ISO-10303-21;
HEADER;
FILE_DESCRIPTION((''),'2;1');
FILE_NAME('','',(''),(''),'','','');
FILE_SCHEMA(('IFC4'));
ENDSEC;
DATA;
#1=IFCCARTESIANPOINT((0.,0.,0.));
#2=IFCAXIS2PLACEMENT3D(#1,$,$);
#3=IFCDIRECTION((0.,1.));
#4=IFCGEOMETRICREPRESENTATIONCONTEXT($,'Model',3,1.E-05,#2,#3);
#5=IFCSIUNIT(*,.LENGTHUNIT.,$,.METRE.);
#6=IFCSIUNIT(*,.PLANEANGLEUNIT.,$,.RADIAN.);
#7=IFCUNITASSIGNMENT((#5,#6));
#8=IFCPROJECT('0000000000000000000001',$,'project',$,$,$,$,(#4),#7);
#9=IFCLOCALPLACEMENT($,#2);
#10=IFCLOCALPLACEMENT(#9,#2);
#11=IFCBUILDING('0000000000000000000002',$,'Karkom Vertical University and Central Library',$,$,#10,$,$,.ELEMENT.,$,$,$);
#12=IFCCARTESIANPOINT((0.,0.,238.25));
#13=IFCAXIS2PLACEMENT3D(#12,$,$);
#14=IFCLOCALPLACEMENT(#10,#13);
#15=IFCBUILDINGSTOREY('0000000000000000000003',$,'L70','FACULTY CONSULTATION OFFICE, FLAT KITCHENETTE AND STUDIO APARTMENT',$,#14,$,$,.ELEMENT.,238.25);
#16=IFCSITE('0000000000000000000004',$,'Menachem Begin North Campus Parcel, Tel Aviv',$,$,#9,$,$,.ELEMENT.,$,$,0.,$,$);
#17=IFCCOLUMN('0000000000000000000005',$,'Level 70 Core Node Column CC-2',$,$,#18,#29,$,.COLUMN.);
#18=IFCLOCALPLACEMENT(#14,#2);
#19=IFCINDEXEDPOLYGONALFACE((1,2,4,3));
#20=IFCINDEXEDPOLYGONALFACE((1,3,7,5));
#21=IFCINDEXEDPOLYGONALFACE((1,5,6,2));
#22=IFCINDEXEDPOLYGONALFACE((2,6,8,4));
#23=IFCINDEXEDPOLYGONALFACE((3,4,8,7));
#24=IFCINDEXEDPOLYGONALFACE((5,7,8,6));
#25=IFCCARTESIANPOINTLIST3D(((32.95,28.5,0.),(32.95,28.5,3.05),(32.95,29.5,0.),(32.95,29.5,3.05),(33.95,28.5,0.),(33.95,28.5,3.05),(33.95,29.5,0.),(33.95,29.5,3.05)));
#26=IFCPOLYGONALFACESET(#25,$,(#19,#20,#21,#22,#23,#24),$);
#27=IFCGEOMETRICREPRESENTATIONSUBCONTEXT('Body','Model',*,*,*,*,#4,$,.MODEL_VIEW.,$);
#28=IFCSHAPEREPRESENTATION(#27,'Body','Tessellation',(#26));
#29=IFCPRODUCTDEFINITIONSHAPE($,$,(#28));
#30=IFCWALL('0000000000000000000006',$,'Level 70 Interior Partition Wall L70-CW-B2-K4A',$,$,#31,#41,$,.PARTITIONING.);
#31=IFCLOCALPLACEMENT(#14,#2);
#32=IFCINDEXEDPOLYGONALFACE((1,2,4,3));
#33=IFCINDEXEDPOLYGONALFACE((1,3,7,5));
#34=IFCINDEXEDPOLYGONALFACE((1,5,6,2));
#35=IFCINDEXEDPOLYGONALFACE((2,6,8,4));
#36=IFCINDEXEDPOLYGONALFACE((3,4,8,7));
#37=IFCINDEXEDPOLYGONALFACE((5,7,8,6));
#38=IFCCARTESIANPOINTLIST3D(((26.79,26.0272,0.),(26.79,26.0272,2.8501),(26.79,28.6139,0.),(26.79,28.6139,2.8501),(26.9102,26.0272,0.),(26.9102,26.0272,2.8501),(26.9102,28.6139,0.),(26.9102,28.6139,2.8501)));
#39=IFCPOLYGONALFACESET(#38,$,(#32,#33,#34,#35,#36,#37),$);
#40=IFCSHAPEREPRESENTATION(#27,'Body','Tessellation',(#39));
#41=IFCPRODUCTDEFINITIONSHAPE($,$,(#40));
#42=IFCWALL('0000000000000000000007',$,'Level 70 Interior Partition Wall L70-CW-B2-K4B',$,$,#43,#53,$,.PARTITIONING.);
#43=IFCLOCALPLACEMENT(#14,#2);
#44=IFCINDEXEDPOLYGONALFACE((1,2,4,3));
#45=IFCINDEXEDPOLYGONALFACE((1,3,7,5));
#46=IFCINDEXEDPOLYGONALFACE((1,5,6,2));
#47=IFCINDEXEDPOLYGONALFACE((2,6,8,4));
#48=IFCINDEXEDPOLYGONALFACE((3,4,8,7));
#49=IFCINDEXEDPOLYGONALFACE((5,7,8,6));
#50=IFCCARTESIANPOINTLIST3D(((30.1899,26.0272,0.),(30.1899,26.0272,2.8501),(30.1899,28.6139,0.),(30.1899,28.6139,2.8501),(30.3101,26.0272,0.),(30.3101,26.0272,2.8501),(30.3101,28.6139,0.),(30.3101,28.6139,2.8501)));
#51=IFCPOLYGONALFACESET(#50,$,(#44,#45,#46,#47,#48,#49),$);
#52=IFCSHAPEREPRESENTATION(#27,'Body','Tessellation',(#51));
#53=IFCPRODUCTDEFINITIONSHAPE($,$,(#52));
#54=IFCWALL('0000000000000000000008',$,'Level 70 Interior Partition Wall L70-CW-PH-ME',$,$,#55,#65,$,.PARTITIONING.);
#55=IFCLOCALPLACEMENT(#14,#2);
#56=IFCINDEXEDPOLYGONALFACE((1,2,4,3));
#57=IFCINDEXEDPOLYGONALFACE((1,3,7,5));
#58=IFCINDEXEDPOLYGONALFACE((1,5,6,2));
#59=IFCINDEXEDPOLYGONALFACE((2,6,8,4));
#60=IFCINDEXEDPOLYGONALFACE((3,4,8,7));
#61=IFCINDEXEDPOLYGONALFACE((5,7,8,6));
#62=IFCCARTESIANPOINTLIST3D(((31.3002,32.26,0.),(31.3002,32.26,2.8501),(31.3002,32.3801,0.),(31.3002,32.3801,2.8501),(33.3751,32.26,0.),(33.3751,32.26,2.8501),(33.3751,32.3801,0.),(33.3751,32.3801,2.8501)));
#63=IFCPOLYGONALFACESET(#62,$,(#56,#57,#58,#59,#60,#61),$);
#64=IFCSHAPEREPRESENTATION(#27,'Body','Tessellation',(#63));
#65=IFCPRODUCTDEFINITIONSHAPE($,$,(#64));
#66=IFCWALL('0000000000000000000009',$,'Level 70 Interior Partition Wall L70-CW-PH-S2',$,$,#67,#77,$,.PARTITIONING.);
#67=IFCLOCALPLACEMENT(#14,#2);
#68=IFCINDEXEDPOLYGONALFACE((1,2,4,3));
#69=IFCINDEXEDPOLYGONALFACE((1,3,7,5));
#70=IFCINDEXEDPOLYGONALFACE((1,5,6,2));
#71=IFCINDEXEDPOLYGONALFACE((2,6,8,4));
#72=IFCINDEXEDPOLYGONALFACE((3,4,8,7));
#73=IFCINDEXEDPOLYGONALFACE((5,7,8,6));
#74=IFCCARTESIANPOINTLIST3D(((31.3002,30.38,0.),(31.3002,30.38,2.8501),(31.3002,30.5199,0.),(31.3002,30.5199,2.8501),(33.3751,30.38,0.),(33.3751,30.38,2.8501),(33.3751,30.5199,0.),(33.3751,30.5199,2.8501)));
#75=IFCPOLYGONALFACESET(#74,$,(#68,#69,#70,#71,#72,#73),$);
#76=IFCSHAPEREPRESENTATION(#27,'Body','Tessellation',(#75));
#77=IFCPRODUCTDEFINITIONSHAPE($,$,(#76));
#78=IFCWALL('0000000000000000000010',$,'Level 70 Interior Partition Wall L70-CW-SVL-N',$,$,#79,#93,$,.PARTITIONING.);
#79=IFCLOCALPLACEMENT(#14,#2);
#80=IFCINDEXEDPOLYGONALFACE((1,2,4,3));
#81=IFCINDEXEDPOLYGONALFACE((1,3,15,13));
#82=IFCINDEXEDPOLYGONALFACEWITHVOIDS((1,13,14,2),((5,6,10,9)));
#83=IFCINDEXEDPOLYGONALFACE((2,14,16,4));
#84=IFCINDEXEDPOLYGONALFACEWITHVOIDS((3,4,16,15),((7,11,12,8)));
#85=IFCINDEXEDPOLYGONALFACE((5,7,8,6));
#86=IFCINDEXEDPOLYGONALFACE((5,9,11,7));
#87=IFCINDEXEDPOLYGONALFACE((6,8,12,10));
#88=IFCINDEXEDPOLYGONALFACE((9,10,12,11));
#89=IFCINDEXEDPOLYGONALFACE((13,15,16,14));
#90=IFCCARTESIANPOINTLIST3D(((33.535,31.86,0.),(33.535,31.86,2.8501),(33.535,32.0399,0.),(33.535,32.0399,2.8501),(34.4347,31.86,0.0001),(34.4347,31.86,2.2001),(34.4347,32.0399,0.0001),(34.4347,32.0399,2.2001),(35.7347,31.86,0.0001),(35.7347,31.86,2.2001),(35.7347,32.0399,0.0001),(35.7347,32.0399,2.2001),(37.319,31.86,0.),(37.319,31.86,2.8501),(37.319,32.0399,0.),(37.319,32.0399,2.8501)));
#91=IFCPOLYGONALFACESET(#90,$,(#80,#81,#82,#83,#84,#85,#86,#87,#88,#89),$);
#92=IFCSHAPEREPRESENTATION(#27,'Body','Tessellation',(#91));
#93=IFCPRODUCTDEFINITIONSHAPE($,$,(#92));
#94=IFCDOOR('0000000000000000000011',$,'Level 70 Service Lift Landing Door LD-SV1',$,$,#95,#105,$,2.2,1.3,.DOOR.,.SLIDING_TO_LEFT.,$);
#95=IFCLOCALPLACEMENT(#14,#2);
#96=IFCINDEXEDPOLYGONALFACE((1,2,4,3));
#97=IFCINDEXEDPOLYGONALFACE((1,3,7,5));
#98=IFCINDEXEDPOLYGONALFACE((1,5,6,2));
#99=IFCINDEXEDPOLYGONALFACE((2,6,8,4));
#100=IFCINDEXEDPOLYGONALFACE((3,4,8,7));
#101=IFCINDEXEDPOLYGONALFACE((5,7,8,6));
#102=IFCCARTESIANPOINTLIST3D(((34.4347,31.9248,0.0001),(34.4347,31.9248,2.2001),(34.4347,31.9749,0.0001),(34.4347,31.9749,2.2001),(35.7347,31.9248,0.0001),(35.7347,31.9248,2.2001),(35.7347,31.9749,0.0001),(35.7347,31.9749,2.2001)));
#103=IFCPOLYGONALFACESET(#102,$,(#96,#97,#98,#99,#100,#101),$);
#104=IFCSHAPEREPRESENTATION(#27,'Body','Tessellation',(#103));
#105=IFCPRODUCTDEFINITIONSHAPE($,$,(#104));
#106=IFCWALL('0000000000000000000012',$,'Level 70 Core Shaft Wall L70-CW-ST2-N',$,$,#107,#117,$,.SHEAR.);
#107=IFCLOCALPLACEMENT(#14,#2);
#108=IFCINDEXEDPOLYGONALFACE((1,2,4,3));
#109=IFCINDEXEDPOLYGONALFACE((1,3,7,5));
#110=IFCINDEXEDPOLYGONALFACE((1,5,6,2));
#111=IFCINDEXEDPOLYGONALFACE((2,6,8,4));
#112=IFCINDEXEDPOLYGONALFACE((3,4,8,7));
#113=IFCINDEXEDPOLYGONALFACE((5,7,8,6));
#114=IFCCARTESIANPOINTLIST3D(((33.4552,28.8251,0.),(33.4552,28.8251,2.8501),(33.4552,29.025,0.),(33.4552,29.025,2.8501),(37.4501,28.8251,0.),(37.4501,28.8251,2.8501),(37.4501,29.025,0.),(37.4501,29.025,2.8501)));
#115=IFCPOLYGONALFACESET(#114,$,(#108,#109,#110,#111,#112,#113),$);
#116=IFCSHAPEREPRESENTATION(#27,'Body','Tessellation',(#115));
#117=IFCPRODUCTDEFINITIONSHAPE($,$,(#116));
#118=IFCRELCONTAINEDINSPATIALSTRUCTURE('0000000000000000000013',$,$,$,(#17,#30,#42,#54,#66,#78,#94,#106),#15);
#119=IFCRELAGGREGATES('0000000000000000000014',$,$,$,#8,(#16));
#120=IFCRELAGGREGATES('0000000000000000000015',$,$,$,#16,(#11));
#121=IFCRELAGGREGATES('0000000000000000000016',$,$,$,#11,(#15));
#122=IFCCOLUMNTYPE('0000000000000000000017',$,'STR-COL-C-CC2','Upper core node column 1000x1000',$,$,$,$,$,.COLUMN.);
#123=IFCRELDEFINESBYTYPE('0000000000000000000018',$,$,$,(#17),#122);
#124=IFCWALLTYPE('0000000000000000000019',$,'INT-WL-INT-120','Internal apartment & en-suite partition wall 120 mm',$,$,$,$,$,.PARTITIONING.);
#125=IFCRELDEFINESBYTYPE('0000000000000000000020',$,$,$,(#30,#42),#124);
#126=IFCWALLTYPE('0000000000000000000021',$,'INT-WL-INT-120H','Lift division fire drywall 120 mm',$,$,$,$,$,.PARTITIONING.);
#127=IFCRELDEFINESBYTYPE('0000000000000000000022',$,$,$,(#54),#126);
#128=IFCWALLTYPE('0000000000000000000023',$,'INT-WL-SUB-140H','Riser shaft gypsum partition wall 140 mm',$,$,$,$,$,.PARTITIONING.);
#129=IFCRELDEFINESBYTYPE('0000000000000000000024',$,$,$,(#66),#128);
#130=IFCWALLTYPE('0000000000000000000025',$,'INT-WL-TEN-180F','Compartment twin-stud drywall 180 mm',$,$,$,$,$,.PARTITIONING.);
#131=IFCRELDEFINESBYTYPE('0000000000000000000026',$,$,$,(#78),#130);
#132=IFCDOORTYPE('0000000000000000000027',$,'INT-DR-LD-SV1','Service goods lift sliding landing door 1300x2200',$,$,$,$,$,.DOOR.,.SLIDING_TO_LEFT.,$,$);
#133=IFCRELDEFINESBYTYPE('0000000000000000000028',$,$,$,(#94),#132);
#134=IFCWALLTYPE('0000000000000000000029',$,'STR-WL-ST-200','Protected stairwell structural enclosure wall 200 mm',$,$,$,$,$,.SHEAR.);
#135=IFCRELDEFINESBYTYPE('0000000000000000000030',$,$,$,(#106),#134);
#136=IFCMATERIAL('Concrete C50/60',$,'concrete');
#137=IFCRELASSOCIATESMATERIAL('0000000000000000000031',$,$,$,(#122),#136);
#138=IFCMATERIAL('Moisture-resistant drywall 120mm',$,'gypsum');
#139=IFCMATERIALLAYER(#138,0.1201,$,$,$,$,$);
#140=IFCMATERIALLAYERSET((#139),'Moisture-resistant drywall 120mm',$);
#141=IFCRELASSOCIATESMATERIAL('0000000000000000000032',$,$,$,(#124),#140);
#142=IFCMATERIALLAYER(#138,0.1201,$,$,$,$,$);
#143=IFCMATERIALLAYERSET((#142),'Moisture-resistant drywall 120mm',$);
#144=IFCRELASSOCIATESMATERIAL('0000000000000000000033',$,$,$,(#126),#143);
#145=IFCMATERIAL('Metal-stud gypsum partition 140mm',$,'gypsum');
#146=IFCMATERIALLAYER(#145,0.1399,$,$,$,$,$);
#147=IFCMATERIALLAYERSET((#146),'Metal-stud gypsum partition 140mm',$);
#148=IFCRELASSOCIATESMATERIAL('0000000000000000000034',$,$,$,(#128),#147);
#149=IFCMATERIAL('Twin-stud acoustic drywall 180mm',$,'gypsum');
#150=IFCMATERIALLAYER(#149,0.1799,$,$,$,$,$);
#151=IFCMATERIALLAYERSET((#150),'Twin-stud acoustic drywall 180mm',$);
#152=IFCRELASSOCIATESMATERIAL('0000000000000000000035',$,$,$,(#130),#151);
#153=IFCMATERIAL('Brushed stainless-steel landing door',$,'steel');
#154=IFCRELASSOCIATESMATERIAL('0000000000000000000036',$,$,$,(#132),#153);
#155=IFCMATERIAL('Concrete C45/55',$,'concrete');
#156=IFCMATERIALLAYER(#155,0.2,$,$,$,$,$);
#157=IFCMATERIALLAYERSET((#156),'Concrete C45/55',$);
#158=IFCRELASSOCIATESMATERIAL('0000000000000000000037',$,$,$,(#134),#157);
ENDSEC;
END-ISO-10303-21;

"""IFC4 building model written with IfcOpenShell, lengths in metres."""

from ifc_helpers import new_model, si_unit, direction, frame, frame_2d, origin, origin_with_axes, origin_2d, place, context, subcontext, project, spatial, rectangle, extrude, source, transform, mapped, material, layer, layer_set, material_profile, profile_set, type_object, element, fill, save


model = new_model("IFC4")

# Units and contexts
model_context = context("Model", 3, precision=1e-05, world=origin(), true_north=direction((0.0, 1.0)))
body_context = subcontext(model_context, "Body", "Model", "MODEL_VIEW")
ifc_project = project(units=[si_unit("LENGTHUNIT", "METRE"), si_unit("PLANEANGLEUNIT", "RADIAN")], contexts=[model_context])

# Site, building, storey
site_placement = place(None, origin())
site = spatial("IfcSite", under=ifc_project, at=site_placement, Name="Menachem Begin North Campus Parcel, Tel Aviv", CompositionType="ELEMENT", RefElevation=0.0)
building_placement = place(site_placement, origin())
building = spatial("IfcBuilding", under=site, at=building_placement, Name="Karkom Vertical University and Central Library", CompositionType="ELEMENT")
storey_placement = place(building_placement, frame((0.0, 0.0, 238.25)))
storey = spatial("IfcBuildingStorey", under=building, at=storey_placement, Name="L70", Description="FACULTY CONSULTATION OFFICE, FLAT KITCHENETTE AND STUDIO APARTMENT", CompositionType="ELEMENT", Elevation=238.25)

# Column
ifc_material_1 = material(Name="Concrete C50/60", Category="concrete")
ifc_material_profile = material_profile(ifc_material_1, rectangle(XDim=1.0, YDim=1.0, at=origin_2d()), Name="RC-1000x1000")
ifc_profile_set = profile_set([ifc_material_profile], Name="Concrete C50/60")
column_type = type_object("IfcColumnType", Name="STR-COL-C-CC2", Description="Upper core node column 1000x1000", PredefinedType="COLUMN", material=ifc_profile_set)
shared_shape_1 = source(origin_with_axes(), body_context, "Body", "SweptSolid", [
    extrude(rectangle(XDim=1.0, YDim=1.0, at=origin_2d()), origin(), (0.0, 0.0, 1.0), 3.05),
])
column_placement = place(storey_placement, frame((33.45, 29.0, 0.0), z_axis=(0.0, 0.0, 1.0), x_axis=(1.0, 0.0, 0.0)))
element("IfcColumn", 1, at=column_placement, inside=storey, type_object=column_type, Name="Level 70 Core Node Column CC-2", PredefinedType="COLUMN", context=body_context, shape_type="MappedRepresentation", body=[
    mapped(shared_shape_1, transform((0.0, 0.0, 0.0), scale=1.0)),
])

# Walls
ifc_material_2 = material(Name="Moisture-resistant drywall 120mm", Category="gypsum")
ifc_layer_1 = layer(ifc_material_2, 0.1201)
ifc_layer_set_1 = layer_set([ifc_layer_1], Name="Moisture-resistant drywall 120mm")
wall_type_1 = type_object("IfcWallType", Name="INT-WL-INT-120", Description="Internal apartment & en-suite partition wall 120 mm", PredefinedType="PARTITIONING", material=ifc_layer_set_1)
for number, where, z_axis, x_axis, name in (
    (2, (26.8501, 26.0271, 0.0), (0.0, 0.0, 1.0), (0.0, 1.0, 0.0), "Level 70 Interior Partition Wall L70-CW-B2-K4A"),
    (3, (30.25, 26.0271, 0.0), (0.0, 0.0, 1.0), (0.0, 1.0, 0.0), "Level 70 Interior Partition Wall L70-CW-B2-K4B"),
):
    element("IfcWall", number, at=place(storey_placement, frame(where, z_axis=z_axis, x_axis=x_axis)), inside=storey, type_object=wall_type_1, Name=name, PredefinedType="PARTITIONING", context=body_context, shape_type="SweptSolid", body=[
        extrude(rectangle(XDim=2.5867, YDim=0.1201, at=frame_2d((1.2935, 0.0))), origin(), (0.0, 0.0, 1.0), 2.8501),
    ])
ifc_layer_2 = layer(ifc_material_2, 0.1201)
ifc_layer_set_2 = layer_set([ifc_layer_2], Name="Moisture-resistant drywall 120mm")
wall_type_2 = type_object("IfcWallType", Name="INT-WL-INT-120H", Description="Lift division fire drywall 120 mm", PredefinedType="PARTITIONING", material=ifc_layer_set_2)
wall_1_placement = place(storey_placement, frame((31.3, 32.3201, 0.0), z_axis=(0.0, 0.0, 1.0), x_axis=(1.0, 0.0, 0.0)))
element("IfcWall", 4, at=wall_1_placement, inside=storey, type_object=wall_type_2, Name="Level 70 Interior Partition Wall L70-CW-PH-ME", PredefinedType="PARTITIONING", context=body_context, shape_type="SweptSolid", body=[
    extrude(rectangle(XDim=2.075, YDim=0.1201, at=frame_2d((1.0376, 0.0))), origin(), (0.0, 0.0, 1.0), 2.8501),
])

# Shared definitions
ifc_material_3 = material(Name="Metal-stud gypsum partition 140mm", Category="gypsum")
ifc_layer_3 = layer(ifc_material_3, 0.1399)
ifc_layer_set_3 = layer_set([ifc_layer_3], Name="Metal-stud gypsum partition 140mm")
wall_type_3 = type_object("IfcWallType", Name="INT-WL-SUB-140H", Description="Riser shaft gypsum partition wall 140 mm", PredefinedType="PARTITIONING", material=ifc_layer_set_3)
ifc_material_4 = material(Name="Brushed stainless-steel landing door", Category="steel")

# Wall
wall_2_placement = place(storey_placement, frame((31.3, 30.45, 0.0), z_axis=(0.0, 0.0, 1.0), x_axis=(1.0, 0.0, 0.0)))
element("IfcWall", 5, at=wall_2_placement, inside=storey, type_object=wall_type_3, Name="Level 70 Interior Partition Wall L70-CW-PH-S2", PredefinedType="PARTITIONING", context=body_context, shape_type="SweptSolid", body=[
    extrude(rectangle(XDim=2.075, YDim=0.1399, at=frame_2d((1.0376, 0.0))), origin(), (0.0, 0.0, 1.0), 2.8501),
])

# Wall, opening, door
ifc_material_5 = material(Name="Twin-stud acoustic drywall 180mm", Category="gypsum")
ifc_layer_4 = layer(ifc_material_5, 0.1799)
ifc_layer_set_4 = layer_set([ifc_layer_4], Name="Twin-stud acoustic drywall 180mm")
wall_type_4 = type_object("IfcWallType", Name="INT-WL-TEN-180F", Description="Compartment twin-stud drywall 180 mm", PredefinedType="PARTITIONING", material=ifc_layer_set_4)
wall_3_placement = place(storey_placement, frame((33.5349, 31.95, 0.0), z_axis=(0.0, 0.0, 1.0), x_axis=(1.0, 0.0, 0.0)))
wall_3 = element("IfcWall", 6, at=wall_3_placement, inside=storey, type_object=wall_type_4, Name="Level 70 Interior Partition Wall L70-CW-SVL-N", PredefinedType="PARTITIONING", context=body_context, shape_type="SweptSolid", body=[
    extrude(rectangle(XDim=3.7839, YDim=0.1799, at=frame_2d((1.8921, 0.0))), origin(), (0.0, 0.0, 1.0), 2.8501),
])
opening_1_placement = place(wall_3_placement, frame((0.8999, 0.0, 0.0)))
opening_1 = element("IfcOpeningElement", 7, at=opening_1_placement, cuts=wall_3, PredefinedType="OPENING", context=body_context, shape_type="SweptSolid", body=[
    extrude(rectangle(XDim=1.3, YDim=2.2, at=frame_2d((0.6499, 1.1001))), frame((0.0, 0.1001, 0.0), z_axis=(0.0, -1.0, 0.0), x_axis=(1.0, 0.0, 0.0)), (0.0, 0.0, 1.0), 0.2),
])
door_type_1 = type_object("IfcDoorType", Name="INT-DR-LD-SV1", Description="Service goods lift sliding landing door 1300x2200", OperationType="SLIDING_TO_LEFT", PredefinedType="DOOR", material=ifc_material_4)
shared_shape_2 = source(origin_with_axes(), body_context, "Body", "SweptSolid", [
    extrude(rectangle(XDim=1.3, YDim=2.2, at=frame_2d((0.6499, 1.1001))), frame((0.0, 0.0249, 0.0), z_axis=(0.0, -1.0, 0.0), x_axis=(1.0, 0.0, 0.0)), (0.0, 0.0, 1.0), 0.05),
])
door_1_placement = place(opening_1_placement, origin())
door_1 = element("IfcDoor", 8, at=door_1_placement, inside=storey, type_object=door_type_1, Name="Level 70 Service Lift Landing Door LD-SV1", OperationType="SLIDING_TO_LEFT", OverallHeight=2.2, OverallWidth=1.3, PredefinedType="DOOR", context=body_context, shape_type="MappedRepresentation", body=[
    mapped(shared_shape_2, transform((0.0, 0.0, 0.0), scale=1.0)),
])
fill(opening_1, door_1)

# Wall
ifc_material_6 = material(Name="Concrete C45/55", Category="concrete")
ifc_layer_5 = layer(ifc_material_6, 0.2)
ifc_layer_set_5 = layer_set([ifc_layer_5], Name="Concrete C45/55")
wall_type_5 = type_object("IfcWallType", Name="STR-WL-ST-200", Description="Protected stairwell structural enclosure wall 200 mm", PredefinedType="SHEAR", material=ifc_layer_set_5)
wall_4_placement = place(storey_placement, frame((33.4551, 28.925, 0.0), z_axis=(0.0, 0.0, 1.0), x_axis=(1.0, 0.0, 0.0)))
element("IfcWall", 9, at=wall_4_placement, inside=storey, type_object=wall_type_5, Name="Level 70 Core Shaft Wall L70-CW-ST2-N", PredefinedType="SHEAR", context=body_context, shape_type="SweptSolid", body=[
    extrude(rectangle(XDim=3.9949, YDim=0.2, at=frame_2d((1.9976, 0.0))), origin(), (0.0, 0.0, 1.0), 2.8501),
])

save(model, "model.ifc")
